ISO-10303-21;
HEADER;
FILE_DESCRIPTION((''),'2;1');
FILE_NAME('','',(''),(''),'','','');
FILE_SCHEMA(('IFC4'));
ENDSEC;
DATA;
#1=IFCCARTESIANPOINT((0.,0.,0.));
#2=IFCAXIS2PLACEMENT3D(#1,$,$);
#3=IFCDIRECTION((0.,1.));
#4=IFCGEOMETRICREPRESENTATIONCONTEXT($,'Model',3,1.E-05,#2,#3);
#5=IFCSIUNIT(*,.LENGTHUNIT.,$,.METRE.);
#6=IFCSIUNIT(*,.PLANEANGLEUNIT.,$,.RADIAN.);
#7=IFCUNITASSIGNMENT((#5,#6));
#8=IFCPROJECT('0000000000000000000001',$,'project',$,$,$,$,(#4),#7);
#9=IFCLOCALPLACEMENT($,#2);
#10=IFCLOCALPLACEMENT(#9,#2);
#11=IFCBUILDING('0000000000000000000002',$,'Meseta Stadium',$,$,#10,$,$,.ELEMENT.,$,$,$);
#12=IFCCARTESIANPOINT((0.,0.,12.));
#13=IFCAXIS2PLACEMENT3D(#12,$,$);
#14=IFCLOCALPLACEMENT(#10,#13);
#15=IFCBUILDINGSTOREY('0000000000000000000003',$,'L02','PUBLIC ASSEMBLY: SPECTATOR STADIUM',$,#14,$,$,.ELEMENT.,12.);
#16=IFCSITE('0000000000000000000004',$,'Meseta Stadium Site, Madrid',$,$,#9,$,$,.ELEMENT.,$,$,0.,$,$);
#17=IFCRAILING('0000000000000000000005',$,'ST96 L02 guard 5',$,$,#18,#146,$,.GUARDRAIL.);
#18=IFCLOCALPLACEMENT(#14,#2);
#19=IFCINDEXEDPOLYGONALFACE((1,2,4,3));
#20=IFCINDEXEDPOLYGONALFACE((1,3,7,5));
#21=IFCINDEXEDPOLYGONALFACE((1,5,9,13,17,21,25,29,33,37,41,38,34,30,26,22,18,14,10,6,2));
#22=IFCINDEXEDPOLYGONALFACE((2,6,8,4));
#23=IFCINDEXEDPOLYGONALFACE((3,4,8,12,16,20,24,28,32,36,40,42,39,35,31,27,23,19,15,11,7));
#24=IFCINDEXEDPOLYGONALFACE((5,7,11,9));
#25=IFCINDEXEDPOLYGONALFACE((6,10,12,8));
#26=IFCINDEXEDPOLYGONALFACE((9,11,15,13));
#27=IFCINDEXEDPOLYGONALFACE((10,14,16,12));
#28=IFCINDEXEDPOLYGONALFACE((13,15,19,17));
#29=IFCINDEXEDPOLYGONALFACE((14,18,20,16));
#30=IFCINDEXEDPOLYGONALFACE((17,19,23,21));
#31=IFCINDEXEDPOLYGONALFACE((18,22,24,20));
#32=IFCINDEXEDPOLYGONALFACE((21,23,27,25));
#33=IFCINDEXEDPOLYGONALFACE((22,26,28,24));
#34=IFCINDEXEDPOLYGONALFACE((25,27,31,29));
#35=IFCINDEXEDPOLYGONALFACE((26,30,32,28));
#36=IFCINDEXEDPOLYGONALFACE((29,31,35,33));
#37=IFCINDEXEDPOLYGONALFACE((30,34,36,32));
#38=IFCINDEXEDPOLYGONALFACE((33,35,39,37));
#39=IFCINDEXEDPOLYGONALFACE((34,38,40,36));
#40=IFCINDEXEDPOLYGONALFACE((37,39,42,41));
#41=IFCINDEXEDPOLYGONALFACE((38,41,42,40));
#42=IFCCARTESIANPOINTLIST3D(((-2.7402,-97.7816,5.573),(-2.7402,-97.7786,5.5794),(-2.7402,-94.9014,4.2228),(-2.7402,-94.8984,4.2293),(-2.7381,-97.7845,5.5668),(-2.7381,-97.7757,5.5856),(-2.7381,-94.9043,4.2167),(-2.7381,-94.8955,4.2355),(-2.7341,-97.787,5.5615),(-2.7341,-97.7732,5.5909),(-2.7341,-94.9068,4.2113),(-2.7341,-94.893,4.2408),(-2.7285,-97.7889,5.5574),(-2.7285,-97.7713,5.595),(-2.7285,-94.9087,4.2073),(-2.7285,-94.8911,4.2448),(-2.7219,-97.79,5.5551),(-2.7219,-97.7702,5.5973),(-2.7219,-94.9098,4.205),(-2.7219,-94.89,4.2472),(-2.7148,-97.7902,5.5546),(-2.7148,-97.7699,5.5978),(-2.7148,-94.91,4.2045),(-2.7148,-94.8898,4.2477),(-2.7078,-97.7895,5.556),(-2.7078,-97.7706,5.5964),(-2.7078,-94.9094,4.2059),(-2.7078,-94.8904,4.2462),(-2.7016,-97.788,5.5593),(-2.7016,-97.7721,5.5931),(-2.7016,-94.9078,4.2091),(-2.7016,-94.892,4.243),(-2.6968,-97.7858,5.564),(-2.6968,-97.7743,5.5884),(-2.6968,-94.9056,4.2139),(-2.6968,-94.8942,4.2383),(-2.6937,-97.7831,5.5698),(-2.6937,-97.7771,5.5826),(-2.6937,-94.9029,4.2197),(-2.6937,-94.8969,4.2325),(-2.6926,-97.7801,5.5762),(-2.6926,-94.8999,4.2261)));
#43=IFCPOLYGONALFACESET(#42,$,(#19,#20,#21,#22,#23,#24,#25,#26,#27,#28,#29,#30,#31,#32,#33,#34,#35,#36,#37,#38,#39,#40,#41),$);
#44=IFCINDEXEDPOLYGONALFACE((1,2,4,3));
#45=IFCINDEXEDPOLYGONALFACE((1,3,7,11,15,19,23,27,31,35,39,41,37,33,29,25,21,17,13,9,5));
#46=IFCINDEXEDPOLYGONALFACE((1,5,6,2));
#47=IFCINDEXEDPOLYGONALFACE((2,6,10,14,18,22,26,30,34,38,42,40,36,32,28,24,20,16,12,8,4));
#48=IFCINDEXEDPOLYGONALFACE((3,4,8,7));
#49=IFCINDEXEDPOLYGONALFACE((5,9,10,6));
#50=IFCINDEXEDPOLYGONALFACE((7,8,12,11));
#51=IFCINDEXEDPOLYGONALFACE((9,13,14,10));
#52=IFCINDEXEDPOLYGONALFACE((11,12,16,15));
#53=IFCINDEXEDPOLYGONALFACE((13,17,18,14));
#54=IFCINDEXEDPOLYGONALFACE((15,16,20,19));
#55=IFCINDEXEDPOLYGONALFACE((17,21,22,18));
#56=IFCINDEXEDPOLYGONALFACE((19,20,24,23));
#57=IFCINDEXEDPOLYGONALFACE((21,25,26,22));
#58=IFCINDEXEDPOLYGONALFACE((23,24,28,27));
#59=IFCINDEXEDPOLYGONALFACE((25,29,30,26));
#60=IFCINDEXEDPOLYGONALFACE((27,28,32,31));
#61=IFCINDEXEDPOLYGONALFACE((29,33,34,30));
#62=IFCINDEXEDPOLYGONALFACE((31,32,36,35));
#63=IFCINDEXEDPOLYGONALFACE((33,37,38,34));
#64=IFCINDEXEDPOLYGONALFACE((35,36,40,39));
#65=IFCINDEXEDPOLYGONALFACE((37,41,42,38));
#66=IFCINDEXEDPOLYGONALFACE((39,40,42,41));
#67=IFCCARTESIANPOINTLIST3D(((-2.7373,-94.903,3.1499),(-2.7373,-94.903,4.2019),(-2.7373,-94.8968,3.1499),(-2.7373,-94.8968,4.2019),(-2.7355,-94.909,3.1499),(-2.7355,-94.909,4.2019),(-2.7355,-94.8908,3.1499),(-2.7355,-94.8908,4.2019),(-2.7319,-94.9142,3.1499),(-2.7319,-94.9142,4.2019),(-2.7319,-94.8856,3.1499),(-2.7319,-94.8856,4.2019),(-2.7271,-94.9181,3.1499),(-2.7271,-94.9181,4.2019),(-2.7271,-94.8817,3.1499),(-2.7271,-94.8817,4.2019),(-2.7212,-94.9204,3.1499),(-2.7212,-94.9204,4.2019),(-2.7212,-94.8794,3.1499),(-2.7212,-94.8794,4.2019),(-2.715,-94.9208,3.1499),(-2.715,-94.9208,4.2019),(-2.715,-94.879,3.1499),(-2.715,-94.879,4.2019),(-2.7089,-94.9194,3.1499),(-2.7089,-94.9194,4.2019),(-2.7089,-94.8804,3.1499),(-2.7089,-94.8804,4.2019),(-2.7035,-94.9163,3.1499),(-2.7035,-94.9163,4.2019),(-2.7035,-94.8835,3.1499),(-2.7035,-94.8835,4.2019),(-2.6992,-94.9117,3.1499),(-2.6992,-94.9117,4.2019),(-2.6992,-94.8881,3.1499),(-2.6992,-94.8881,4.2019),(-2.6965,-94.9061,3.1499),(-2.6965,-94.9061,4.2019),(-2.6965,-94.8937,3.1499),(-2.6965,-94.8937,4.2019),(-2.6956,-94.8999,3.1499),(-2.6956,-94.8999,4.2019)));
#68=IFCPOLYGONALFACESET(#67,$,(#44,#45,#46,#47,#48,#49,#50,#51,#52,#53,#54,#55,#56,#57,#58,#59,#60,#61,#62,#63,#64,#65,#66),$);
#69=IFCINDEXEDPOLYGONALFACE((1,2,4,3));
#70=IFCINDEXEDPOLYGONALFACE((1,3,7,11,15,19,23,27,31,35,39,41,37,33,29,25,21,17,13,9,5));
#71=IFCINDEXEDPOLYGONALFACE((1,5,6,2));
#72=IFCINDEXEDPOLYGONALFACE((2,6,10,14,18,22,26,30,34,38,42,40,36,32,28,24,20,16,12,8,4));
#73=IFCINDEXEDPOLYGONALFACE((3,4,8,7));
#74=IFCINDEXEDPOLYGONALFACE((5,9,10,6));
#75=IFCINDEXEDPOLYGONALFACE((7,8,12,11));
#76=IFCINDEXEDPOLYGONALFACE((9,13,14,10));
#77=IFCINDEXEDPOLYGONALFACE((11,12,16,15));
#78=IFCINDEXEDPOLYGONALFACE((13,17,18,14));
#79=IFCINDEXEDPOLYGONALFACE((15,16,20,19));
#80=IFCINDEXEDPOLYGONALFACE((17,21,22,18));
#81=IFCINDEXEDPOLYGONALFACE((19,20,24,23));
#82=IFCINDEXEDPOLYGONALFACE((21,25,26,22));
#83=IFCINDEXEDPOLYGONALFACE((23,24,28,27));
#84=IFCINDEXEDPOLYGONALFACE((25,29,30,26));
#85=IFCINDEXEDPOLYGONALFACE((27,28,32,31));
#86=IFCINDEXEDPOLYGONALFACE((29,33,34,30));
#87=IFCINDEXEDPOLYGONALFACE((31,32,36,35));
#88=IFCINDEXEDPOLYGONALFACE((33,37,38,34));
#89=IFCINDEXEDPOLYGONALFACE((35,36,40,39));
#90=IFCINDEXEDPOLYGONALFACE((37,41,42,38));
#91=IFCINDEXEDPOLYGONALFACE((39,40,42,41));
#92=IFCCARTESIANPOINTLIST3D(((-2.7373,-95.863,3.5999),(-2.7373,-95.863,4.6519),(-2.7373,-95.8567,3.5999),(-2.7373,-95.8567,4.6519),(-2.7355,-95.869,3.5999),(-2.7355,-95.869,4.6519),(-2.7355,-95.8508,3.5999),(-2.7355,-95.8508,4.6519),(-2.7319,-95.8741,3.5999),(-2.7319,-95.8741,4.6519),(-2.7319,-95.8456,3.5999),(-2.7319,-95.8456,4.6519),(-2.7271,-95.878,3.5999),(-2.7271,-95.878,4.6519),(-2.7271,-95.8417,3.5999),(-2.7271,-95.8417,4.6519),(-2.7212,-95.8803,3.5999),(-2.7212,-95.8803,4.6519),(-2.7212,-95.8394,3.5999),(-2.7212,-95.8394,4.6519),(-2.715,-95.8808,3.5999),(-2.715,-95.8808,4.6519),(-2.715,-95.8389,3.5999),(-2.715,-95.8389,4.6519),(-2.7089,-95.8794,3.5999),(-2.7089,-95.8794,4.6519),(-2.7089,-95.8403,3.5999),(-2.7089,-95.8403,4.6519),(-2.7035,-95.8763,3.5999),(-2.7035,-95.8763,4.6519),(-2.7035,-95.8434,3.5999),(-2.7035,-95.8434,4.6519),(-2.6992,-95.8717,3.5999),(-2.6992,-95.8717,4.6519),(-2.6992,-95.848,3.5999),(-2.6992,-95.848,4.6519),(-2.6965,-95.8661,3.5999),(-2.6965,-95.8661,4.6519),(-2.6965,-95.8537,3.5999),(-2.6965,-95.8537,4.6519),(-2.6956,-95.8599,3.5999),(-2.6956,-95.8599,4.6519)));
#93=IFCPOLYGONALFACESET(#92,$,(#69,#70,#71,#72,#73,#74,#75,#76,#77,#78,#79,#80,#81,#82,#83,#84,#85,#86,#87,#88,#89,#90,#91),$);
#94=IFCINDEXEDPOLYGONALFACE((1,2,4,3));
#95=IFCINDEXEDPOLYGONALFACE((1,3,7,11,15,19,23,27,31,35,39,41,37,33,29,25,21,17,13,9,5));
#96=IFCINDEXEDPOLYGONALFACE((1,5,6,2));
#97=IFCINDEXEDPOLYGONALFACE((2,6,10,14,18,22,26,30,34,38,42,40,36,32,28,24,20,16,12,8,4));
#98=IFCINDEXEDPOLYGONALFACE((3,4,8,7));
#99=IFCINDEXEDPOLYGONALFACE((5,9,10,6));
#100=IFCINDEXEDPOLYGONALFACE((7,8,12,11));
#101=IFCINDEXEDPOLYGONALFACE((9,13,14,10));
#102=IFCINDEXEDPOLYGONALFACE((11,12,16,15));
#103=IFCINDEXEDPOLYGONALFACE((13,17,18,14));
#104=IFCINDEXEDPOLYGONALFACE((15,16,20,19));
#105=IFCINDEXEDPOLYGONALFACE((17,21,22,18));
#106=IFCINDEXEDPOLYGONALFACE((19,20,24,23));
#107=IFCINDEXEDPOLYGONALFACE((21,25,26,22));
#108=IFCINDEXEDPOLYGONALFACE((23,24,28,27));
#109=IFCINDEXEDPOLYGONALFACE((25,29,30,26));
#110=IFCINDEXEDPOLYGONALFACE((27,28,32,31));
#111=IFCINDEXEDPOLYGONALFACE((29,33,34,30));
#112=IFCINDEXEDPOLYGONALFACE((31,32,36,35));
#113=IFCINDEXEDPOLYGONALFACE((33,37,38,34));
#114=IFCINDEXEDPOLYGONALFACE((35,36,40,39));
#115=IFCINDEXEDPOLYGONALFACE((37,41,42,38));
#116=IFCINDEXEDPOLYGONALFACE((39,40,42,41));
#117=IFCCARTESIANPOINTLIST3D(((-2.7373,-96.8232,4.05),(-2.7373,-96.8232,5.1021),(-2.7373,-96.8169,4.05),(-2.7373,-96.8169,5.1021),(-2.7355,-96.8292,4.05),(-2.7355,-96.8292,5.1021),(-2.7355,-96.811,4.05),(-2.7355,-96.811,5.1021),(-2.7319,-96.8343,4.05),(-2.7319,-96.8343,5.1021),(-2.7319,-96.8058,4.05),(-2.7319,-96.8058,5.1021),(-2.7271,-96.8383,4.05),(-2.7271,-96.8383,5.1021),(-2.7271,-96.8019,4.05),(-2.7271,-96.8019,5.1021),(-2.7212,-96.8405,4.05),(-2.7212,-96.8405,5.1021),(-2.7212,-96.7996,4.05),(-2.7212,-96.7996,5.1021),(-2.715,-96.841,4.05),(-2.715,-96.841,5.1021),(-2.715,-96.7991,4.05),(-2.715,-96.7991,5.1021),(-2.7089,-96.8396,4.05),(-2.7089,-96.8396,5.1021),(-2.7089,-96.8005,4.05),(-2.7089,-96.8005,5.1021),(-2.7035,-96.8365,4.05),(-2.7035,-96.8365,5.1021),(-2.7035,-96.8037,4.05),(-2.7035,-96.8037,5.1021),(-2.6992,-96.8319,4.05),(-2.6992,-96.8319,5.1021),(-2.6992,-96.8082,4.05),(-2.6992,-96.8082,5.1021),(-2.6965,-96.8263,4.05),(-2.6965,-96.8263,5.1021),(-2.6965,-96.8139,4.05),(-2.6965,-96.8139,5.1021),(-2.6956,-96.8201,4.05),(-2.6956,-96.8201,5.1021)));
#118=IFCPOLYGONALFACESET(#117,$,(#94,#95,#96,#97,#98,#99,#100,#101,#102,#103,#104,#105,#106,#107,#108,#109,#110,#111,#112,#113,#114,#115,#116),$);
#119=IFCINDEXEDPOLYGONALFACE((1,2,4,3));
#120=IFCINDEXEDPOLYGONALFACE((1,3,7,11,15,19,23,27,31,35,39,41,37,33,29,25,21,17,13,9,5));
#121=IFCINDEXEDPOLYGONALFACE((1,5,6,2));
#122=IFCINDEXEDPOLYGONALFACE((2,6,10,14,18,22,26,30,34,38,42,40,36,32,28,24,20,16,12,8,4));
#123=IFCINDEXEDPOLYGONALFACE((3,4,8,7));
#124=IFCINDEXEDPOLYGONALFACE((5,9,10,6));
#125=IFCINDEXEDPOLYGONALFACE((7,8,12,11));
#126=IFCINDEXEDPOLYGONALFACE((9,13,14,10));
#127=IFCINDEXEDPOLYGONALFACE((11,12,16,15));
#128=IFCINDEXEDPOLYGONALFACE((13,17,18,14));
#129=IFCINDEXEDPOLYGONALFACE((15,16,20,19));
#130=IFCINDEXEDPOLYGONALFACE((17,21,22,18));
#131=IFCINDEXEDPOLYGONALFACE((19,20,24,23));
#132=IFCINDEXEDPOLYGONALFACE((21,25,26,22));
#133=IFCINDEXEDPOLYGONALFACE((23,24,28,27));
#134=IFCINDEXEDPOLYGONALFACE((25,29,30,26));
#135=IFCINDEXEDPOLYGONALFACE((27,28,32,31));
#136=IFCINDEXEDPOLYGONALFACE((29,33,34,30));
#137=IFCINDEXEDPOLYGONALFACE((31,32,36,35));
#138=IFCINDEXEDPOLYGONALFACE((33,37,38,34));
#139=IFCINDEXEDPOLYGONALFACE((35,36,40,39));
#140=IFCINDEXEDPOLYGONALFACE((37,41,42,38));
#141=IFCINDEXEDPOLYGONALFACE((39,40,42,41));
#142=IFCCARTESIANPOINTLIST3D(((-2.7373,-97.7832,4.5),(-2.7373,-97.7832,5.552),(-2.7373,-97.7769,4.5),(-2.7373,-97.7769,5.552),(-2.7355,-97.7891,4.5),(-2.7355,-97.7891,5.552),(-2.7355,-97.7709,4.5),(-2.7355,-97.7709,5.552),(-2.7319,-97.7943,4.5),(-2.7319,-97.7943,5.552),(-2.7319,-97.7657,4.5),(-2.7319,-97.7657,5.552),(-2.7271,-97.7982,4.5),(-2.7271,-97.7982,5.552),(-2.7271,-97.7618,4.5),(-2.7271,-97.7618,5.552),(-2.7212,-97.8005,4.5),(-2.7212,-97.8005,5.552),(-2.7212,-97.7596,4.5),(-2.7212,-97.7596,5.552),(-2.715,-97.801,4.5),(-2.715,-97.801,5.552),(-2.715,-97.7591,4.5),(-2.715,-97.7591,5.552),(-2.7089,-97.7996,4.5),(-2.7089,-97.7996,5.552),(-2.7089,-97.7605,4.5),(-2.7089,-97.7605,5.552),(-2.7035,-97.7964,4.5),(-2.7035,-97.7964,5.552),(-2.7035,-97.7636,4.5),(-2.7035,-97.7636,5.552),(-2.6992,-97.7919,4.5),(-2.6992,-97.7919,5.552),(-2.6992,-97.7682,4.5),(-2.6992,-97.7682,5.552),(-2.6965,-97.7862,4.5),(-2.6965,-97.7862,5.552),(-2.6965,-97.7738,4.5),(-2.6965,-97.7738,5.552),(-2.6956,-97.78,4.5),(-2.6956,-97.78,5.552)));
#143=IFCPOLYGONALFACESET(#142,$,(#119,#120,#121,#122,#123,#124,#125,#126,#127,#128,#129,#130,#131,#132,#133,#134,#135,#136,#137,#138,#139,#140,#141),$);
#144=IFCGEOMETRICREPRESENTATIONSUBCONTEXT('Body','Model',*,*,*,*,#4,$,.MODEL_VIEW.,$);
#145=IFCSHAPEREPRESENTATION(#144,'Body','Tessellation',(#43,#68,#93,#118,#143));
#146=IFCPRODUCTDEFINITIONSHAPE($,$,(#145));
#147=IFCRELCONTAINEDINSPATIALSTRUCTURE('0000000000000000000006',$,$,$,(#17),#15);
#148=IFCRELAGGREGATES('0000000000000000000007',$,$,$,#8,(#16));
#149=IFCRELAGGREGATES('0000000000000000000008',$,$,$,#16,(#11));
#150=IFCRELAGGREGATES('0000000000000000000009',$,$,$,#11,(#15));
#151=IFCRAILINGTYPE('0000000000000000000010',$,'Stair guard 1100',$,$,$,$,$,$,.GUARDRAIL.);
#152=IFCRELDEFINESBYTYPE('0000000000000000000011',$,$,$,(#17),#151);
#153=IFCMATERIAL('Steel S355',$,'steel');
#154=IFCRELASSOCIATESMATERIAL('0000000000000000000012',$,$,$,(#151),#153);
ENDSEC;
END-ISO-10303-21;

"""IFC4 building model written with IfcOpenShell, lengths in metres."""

from ifc_helpers import new_model, si_unit, direction, frame, origin, origin_2d, place, context, subcontext, project, spatial, circle, extrude, material, type_object, element, save


model = new_model("IFC4")

# Units and contexts
model_context = context("Model", 3, precision=1e-05, world=origin(), true_north=direction((0.0, 1.0)))
body_context = subcontext(model_context, "Body", "Model", "MODEL_VIEW")
ifc_project = project(units=[si_unit("LENGTHUNIT", "METRE"), si_unit("PLANEANGLEUNIT", "RADIAN")], contexts=[model_context])

# Site, building, storey
site_placement = place(None, origin())
site = spatial("IfcSite", under=ifc_project, at=site_placement, Name="Meseta Stadium Site, Madrid", CompositionType="ELEMENT", RefElevation=0.0)
building_placement = place(site_placement, origin())
building = spatial("IfcBuilding", under=site, at=building_placement, Name="Meseta Stadium", CompositionType="ELEMENT")
storey_placement = place(building_placement, frame((0.0, 0.0, 12.0)))
storey = spatial("IfcBuildingStorey", under=building, at=storey_placement, Name="L02", Description="PUBLIC ASSEMBLY: SPECTATOR STADIUM", CompositionType="ELEMENT", Elevation=12.0)

# Railing
ifc_material_1 = material(Name="Steel S355", Category="steel")
railing_type_1 = type_object("IfcRailingType", Name="Stair guard 1100", PredefinedType="GUARDRAIL", material=ifc_material_1)
railing_1_placement = place(storey_placement, frame((-2.7166, -94.8999, 3.1499)))
element("IfcRailing", 1, at=railing_1_placement, inside=storey, type_object=railing_type_1, Name="ST96 L02 guard 5", PredefinedType="GUARDRAIL", context=body_context, shape_type="SweptSolid", body=[
    extrude(circle(Radius=0.0239, at=origin_2d()), frame((0.0, 0.0, 1.0762), z_axis=(0.0, -0.905454, 0.424444), x_axis=(1.0, 0.0, 0.0)), (0.0, 0.0, 1.0), 3.1809),
    extrude(circle(Radius=0.021, at=origin_2d()), origin(), (0.0, 0.0, 1.0), 1.052),
    extrude(circle(Radius=0.021, at=origin_2d()), frame((0.0, -0.96, 0.45)), (0.0, 0.0, 1.0), 1.052),
    extrude(circle(Radius=0.021, at=origin_2d()), frame((0.0, -1.9202, 0.9001)), (0.0, 0.0, 1.0), 1.052),
    extrude(circle(Radius=0.021, at=origin_2d()), frame((0.0, -2.8801, 1.3501)), (0.0, 0.0, 1.0), 1.052),
])

save(model, "model.ifc")
